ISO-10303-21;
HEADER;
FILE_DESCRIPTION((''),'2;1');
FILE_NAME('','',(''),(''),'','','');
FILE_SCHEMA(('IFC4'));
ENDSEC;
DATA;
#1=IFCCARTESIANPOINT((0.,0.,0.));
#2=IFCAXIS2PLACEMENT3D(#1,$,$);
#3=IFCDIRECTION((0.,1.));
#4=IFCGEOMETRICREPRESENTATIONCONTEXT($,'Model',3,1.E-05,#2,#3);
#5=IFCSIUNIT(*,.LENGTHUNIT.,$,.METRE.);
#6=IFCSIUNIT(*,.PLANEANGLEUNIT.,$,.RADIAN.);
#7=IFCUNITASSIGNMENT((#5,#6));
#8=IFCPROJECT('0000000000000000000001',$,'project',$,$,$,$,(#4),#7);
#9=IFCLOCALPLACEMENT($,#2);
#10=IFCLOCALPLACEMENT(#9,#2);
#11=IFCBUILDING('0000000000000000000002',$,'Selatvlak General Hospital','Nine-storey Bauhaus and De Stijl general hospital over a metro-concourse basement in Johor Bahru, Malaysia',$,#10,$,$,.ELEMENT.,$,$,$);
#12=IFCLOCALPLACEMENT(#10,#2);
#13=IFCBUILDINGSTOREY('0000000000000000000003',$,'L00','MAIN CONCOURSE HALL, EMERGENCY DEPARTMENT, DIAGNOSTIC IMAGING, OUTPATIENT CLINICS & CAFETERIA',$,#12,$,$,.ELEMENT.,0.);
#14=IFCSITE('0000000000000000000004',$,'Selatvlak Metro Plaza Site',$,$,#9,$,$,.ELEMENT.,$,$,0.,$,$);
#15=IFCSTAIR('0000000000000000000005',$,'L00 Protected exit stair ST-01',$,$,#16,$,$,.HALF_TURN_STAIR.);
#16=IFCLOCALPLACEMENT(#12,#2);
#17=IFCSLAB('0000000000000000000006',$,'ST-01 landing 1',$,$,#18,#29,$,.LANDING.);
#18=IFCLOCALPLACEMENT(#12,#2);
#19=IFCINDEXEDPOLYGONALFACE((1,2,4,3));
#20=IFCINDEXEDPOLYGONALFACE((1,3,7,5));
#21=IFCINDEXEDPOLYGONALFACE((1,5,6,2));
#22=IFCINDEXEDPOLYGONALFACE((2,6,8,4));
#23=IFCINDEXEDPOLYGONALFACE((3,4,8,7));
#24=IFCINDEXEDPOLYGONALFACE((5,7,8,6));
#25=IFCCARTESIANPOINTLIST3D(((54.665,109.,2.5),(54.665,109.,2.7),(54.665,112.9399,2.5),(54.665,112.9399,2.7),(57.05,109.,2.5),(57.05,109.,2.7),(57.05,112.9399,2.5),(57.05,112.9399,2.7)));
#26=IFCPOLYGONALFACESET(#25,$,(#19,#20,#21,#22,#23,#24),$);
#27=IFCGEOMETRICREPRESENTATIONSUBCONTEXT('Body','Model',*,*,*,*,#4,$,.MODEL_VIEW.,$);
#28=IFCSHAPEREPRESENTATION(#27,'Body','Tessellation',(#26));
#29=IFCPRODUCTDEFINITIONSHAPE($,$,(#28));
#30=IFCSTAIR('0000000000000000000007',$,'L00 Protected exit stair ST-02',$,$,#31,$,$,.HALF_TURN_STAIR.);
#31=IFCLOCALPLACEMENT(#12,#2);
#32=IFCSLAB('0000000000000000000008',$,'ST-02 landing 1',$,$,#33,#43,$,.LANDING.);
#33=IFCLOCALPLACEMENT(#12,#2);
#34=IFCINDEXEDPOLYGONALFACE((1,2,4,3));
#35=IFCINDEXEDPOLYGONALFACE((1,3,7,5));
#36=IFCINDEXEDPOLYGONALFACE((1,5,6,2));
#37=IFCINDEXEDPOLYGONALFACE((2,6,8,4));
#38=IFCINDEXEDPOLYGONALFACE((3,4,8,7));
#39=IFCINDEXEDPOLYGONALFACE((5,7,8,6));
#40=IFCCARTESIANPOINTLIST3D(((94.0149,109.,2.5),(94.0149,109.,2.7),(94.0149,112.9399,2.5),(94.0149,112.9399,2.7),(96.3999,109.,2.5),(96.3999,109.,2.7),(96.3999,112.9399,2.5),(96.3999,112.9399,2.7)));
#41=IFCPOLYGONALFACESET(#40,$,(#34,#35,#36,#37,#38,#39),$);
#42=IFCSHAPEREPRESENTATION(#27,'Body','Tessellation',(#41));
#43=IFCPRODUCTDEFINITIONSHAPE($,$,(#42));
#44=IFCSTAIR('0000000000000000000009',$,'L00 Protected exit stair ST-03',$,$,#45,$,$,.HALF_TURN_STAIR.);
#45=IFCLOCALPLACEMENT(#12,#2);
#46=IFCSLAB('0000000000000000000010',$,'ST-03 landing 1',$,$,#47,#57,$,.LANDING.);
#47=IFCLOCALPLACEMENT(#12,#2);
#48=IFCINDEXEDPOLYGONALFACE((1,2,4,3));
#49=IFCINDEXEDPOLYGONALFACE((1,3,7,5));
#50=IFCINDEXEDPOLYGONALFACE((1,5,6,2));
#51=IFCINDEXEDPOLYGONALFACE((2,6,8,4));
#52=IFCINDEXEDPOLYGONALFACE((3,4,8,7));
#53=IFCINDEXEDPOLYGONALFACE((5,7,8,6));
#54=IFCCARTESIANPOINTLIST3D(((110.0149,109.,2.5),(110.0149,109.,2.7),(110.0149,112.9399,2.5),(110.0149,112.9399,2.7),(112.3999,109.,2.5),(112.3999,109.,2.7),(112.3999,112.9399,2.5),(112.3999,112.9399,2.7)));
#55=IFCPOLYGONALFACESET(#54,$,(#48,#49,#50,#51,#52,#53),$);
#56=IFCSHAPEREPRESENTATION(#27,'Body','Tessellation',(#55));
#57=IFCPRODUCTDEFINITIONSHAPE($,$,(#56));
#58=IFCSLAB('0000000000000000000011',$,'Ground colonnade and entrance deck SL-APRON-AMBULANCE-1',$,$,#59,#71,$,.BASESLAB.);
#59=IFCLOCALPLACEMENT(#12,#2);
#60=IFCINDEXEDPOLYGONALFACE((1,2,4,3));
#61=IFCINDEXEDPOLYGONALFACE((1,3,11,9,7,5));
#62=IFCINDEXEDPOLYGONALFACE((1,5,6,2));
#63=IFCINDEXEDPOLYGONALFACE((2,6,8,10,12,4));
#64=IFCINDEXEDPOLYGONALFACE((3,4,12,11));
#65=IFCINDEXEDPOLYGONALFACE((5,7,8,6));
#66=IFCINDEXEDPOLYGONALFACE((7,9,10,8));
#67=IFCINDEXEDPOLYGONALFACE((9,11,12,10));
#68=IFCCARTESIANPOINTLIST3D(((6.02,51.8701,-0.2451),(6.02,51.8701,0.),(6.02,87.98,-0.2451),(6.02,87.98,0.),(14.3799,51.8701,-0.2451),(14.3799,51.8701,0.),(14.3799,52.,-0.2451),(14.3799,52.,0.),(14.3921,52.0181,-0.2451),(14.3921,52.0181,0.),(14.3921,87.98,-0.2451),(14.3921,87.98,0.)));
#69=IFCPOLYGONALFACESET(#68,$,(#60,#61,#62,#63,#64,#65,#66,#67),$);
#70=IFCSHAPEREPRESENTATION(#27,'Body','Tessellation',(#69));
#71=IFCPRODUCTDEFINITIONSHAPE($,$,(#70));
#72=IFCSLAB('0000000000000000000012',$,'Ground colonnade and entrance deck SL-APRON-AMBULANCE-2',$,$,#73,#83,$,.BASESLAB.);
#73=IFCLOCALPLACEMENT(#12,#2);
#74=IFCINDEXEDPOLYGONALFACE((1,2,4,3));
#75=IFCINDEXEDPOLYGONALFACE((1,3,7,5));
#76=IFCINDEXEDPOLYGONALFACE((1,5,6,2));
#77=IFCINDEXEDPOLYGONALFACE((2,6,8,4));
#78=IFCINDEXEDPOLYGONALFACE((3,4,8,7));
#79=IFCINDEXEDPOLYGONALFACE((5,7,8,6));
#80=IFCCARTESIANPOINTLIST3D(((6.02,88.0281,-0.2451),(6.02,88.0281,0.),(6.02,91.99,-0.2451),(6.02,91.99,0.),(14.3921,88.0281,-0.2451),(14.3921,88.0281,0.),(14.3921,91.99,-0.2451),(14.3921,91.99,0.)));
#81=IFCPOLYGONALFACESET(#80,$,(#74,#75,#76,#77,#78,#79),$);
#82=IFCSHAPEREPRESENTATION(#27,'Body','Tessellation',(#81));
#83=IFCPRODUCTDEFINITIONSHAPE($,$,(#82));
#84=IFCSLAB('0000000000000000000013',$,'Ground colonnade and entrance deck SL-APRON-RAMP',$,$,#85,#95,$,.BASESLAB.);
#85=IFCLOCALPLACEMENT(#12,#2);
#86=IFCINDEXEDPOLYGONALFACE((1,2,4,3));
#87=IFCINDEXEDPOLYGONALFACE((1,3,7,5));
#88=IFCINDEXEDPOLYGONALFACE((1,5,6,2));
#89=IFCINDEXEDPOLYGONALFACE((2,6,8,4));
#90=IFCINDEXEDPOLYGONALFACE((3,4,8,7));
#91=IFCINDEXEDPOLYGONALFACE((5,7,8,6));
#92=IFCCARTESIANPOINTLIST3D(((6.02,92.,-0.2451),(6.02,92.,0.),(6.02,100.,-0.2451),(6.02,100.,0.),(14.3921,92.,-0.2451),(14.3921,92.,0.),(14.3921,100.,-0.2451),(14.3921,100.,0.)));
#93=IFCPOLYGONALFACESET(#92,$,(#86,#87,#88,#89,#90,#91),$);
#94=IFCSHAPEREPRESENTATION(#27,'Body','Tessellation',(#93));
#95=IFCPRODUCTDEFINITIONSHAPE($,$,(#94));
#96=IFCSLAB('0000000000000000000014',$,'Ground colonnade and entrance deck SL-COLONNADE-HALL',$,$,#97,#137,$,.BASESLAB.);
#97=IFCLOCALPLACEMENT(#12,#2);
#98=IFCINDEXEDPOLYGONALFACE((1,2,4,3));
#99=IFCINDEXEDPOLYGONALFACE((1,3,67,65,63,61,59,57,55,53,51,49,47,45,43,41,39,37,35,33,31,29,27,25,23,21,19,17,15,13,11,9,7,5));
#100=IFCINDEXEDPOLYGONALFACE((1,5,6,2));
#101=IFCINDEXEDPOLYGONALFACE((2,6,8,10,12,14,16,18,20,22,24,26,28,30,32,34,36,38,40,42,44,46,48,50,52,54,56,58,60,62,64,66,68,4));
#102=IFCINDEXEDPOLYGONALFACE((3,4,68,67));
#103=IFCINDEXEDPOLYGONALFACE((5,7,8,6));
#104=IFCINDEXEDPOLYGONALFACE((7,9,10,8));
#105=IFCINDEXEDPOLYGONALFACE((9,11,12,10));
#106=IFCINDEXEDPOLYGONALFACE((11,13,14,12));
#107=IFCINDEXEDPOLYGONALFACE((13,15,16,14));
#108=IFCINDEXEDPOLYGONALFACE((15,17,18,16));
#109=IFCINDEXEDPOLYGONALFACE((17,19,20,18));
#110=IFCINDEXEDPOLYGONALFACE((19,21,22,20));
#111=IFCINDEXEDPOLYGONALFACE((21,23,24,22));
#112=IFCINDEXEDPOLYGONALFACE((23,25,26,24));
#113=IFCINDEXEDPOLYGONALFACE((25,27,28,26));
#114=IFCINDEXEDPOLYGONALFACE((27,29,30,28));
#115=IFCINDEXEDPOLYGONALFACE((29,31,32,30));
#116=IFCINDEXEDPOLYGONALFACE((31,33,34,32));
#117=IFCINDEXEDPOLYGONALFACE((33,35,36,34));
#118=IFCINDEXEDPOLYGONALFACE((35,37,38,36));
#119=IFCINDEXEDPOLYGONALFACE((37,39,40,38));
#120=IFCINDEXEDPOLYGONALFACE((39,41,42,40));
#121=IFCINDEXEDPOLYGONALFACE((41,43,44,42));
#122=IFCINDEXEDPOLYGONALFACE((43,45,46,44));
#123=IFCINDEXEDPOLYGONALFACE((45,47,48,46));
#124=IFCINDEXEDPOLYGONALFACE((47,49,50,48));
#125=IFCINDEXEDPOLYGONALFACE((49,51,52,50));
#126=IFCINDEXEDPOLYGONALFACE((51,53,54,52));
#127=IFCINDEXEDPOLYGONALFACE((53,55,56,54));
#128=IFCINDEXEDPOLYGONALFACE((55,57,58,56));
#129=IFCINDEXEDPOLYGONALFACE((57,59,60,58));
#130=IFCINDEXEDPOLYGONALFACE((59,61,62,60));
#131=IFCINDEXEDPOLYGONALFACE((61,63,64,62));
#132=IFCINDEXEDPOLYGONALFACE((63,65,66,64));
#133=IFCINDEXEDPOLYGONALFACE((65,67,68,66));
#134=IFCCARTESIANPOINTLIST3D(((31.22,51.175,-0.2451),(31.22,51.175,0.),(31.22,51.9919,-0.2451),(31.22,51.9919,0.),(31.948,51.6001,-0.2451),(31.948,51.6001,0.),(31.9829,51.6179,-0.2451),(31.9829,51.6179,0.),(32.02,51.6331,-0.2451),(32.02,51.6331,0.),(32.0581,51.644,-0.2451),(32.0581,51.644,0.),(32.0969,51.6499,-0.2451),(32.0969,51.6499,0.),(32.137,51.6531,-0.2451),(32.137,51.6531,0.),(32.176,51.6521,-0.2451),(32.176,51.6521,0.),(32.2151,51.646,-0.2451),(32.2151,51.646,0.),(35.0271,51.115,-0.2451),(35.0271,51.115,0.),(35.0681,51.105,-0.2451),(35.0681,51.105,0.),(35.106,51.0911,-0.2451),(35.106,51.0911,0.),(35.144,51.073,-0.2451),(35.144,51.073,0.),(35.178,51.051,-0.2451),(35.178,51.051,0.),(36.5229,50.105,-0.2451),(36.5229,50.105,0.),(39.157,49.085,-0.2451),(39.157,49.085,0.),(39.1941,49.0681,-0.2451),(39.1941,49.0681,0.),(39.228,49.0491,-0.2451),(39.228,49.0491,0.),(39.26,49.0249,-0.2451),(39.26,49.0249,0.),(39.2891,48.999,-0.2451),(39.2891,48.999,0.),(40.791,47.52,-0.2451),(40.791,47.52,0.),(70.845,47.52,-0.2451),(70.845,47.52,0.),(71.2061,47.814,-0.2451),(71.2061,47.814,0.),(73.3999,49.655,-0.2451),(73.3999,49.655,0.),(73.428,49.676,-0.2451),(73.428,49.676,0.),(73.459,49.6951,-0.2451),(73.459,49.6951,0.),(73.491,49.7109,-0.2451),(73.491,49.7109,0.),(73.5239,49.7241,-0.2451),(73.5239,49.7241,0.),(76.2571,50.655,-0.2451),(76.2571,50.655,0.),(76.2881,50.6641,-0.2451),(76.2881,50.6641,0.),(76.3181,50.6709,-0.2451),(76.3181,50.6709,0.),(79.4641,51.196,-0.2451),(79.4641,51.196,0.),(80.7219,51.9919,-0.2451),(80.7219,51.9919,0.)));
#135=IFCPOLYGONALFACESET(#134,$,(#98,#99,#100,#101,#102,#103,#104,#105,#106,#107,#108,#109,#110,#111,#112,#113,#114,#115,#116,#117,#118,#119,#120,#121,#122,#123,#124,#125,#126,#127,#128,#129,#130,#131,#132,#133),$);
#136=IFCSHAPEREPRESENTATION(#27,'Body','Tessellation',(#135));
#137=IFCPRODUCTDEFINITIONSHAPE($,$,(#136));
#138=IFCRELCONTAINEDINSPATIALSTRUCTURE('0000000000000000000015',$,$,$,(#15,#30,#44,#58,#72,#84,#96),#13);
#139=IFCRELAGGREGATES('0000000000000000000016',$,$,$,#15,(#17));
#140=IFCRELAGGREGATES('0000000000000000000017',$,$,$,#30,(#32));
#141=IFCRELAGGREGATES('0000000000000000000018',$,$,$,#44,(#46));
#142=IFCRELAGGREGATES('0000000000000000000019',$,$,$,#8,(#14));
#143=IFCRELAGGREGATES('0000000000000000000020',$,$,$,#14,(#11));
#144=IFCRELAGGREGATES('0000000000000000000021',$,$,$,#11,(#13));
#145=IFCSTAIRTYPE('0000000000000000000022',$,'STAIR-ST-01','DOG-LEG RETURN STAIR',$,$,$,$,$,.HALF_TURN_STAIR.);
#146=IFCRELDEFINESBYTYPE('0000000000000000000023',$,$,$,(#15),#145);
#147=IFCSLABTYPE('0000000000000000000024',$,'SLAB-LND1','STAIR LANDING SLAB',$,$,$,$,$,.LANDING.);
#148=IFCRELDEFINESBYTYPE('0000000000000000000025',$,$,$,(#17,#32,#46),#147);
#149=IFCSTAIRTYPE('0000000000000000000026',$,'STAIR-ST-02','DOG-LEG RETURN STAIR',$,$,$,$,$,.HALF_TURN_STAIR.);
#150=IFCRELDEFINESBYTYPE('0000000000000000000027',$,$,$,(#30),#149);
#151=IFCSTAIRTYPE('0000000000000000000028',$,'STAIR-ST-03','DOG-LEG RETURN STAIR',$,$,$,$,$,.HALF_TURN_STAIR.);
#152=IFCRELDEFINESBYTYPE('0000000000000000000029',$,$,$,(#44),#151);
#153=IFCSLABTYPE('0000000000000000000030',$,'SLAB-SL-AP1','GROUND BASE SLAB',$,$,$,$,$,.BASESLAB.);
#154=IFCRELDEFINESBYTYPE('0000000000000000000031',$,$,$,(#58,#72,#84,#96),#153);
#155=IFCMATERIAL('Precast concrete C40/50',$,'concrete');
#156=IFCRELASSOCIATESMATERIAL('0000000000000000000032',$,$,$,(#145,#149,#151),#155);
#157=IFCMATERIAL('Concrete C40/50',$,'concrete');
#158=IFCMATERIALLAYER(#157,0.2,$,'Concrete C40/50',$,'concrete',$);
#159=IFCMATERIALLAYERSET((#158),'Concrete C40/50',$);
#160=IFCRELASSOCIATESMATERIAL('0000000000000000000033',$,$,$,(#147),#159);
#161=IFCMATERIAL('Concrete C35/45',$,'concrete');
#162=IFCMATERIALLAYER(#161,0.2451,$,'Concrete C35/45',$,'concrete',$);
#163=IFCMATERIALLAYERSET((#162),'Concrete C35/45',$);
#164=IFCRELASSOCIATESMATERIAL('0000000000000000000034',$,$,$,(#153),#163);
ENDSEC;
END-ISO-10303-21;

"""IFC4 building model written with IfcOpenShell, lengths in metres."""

from ifc_helpers import new_model, si_unit, direction, frame, origin, place, context, subcontext, project, spatial, polyline, outline, extrude, material, layer, layer_set, type_object, element, aggregate, save


model = new_model("IFC4")

# Units and contexts
model_context = context("Model", 3, precision=1e-05, world=origin(), true_north=direction((0.0, 1.0)))
body_context = subcontext(model_context, "Body", "Model", "MODEL_VIEW")
ifc_project = project(units=[si_unit("LENGTHUNIT", "METRE"), si_unit("PLANEANGLEUNIT", "RADIAN")], contexts=[model_context])

# Site, building, storey
site_placement = place(None, origin())
site = spatial("IfcSite", under=ifc_project, at=site_placement, Name="Selatvlak Metro Plaza Site", CompositionType="ELEMENT", RefElevation=0.0)
building_placement = place(site_placement, origin())
building = spatial("IfcBuilding", under=site, at=building_placement, Name="Selatvlak General Hospital", Description="Nine-storey Bauhaus and De Stijl general hospital over a metro-concourse basement in Johor Bahru, Malaysia", CompositionType="ELEMENT")
storey_placement = place(building_placement, origin())
storey = spatial("IfcBuildingStorey", under=building, at=storey_placement, Name="L00", Description="MAIN CONCOURSE HALL, EMERGENCY DEPARTMENT, DIAGNOSTIC IMAGING, OUTPATIENT CLINICS & CAFETERIA", CompositionType="ELEMENT", Elevation=0.0)

# Stairs, slabs
ifc_material_1 = material(Name="Precast concrete C40/50", Category="concrete")
stair_type_1 = type_object("IfcStairType", Name="STAIR-ST-01", Description="DOG-LEG RETURN STAIR", PredefinedType="HALF_TURN_STAIR", material=ifc_material_1)
stair_1_placement = place(storey_placement, origin())
stair_1 = element("IfcStair", 1, at=stair_1_placement, inside=storey, type_object=stair_type_1, Name="L00 Protected exit stair ST-01", PredefinedType="HALF_TURN_STAIR")
ifc_material_2 = material(Name="Concrete C40/50", Category="concrete")
ifc_layer_1 = layer(ifc_material_2, 0.2, Name="Concrete C40/50", Category="concrete")
ifc_layer_set_1 = layer_set([ifc_layer_1], Name="Concrete C40/50")
slab_type_1 = type_object("IfcSlabType", Name="SLAB-LND1", Description="STAIR LANDING SLAB", PredefinedType="LANDING", material=ifc_layer_set_1)
slab_1_placement = place(storey_placement, frame((0.0, 0.0, 2.5)))
slab_1 = element("IfcSlab", 2, at=slab_1_placement, type_object=slab_type_1, Name="ST-01 landing 1", PredefinedType="LANDING", context=body_context, shape_type="SweptSolid", body=[
    extrude(outline(polyline([(54.665, 109.0), (57.05, 109.0), (57.05, 112.9399), (54.665, 112.9399), (54.665, 109.0)])), origin(), (0.0, 0.0, 1.0), 0.2),
])
aggregate(stair_1, [slab_1])
stair_type_2 = type_object("IfcStairType", Name="STAIR-ST-02", Description="DOG-LEG RETURN STAIR", PredefinedType="HALF_TURN_STAIR", material=ifc_material_1)
stair_2_placement = place(storey_placement, origin())
stair_2 = element("IfcStair", 3, at=stair_2_placement, inside=storey, type_object=stair_type_2, Name="L00 Protected exit stair ST-02", PredefinedType="HALF_TURN_STAIR")
slab_2_placement = place(storey_placement, frame((0.0, 0.0, 2.5)))
slab_2 = element("IfcSlab", 4, at=slab_2_placement, type_object=slab_type_1, Name="ST-02 landing 1", PredefinedType="LANDING", context=body_context, shape_type="SweptSolid", body=[
    extrude(outline(polyline([(94.0149, 109.0), (96.3999, 109.0), (96.3999, 112.9399), (94.0149, 112.9399), (94.0149, 109.0)])), origin(), (0.0, 0.0, 1.0), 0.2),
])
aggregate(stair_2, [slab_2])
stair_type_3 = type_object("IfcStairType", Name="STAIR-ST-03", Description="DOG-LEG RETURN STAIR", PredefinedType="HALF_TURN_STAIR", material=ifc_material_1)
stair_3_placement = place(storey_placement, origin())
stair_3 = element("IfcStair", 5, at=stair_3_placement, inside=storey, type_object=stair_type_3, Name="L00 Protected exit stair ST-03", PredefinedType="HALF_TURN_STAIR")
slab_3_placement = place(storey_placement, frame((0.0, 0.0, 2.5)))
slab_3 = element("IfcSlab", 6, at=slab_3_placement, type_object=slab_type_1, Name="ST-03 landing 1", PredefinedType="LANDING", context=body_context, shape_type="SweptSolid", body=[
    extrude(outline(polyline([(110.0149, 109.0), (112.3999, 109.0), (112.3999, 112.9399), (110.0149, 112.9399), (110.0149, 109.0)])), origin(), (0.0, 0.0, 1.0), 0.2),
])
aggregate(stair_3, [slab_3])

# Slabs
ifc_material_3 = material(Name="Concrete C35/45", Category="concrete")
ifc_layer_2 = layer(ifc_material_3, 0.2451, Name="Concrete C35/45", Category="concrete")
ifc_layer_set_2 = layer_set([ifc_layer_2], Name="Concrete C35/45")
slab_type_2 = type_object("IfcSlabType", Name="SLAB-SL-AP1", Description="GROUND BASE SLAB", PredefinedType="BASESLAB", material=ifc_layer_set_2)
slab_4_placement = place(storey_placement, frame((0.0, 0.0, -0.2451)))
element("IfcSlab", 7, at=slab_4_placement, inside=storey, type_object=slab_type_2, Name="Ground colonnade and entrance deck SL-APRON-AMBULANCE-1", PredefinedType="BASESLAB", context=body_context, shape_type="SweptSolid", body=[
    extrude(outline(polyline([(14.3921, 52.0181), (14.3799, 52.0), (14.3799, 51.8701), (6.02, 51.8701), (6.02, 87.98), (14.3921, 87.98), (14.3921, 52.0181)])), origin(), (0.0, 0.0, 1.0), 0.2451),
])
slab_5_placement = place(storey_placement, frame((0.0, 0.0, -0.2451)))
element("IfcSlab", 8, at=slab_5_placement, inside=storey, type_object=slab_type_2, Name="Ground colonnade and entrance deck SL-APRON-AMBULANCE-2", PredefinedType="BASESLAB", context=body_context, shape_type="SweptSolid", body=[
    extrude(outline(polyline([(14.3921, 91.99), (14.3921, 88.0281), (6.02, 88.0281), (6.02, 91.99), (14.3921, 91.99)])), origin(), (0.0, 0.0, 1.0), 0.2451),
])
slab_6_placement = place(storey_placement, frame((0.0, 0.0, -0.2451)))
element("IfcSlab", 9, at=slab_6_placement, inside=storey, type_object=slab_type_2, Name="Ground colonnade and entrance deck SL-APRON-RAMP", PredefinedType="BASESLAB", context=body_context, shape_type="SweptSolid", body=[
    extrude(outline(polyline([(14.3921, 100.0), (14.3921, 92.0), (6.02, 92.0), (6.02, 100.0), (14.3921, 100.0)])), origin(), (0.0, 0.0, 1.0), 0.2451),
])
slab_7_placement = place(storey_placement, frame((0.0, 0.0, -0.2451)))
element("IfcSlab", 10, at=slab_7_placement, inside=storey, type_object=slab_type_2, Name="Ground colonnade and entrance deck SL-COLONNADE-HALL", PredefinedType="BASESLAB", context=body_context, shape_type="SweptSolid", body=[
    extrude(outline(polyline([(80.7219, 51.9919), (79.4641, 51.196), (76.3181, 50.6709), (76.2881, 50.6641), (76.2571, 50.655), (73.5239, 49.7241), (73.491, 49.7109), (73.459, 49.6951), (73.428, 49.676), (73.3999, 49.655), (71.2061, 47.814), (70.845, 47.52), (40.791, 47.52), (39.2891, 48.999), (39.26, 49.0249), (39.228, 49.0491), (39.1941, 49.0681), (39.157, 49.085), (36.5229, 50.105), (35.178, 51.051), (35.144, 51.073), (35.106, 51.0911), (35.0681, 51.105), (35.0271, 51.115), (32.2151, 51.646), (32.176, 51.6521), (32.137, 51.6531), (32.0969, 51.6499), (32.0581, 51.644), (32.02, 51.6331), (31.9829, 51.6179), (31.948, 51.6001), (31.22, 51.175), (31.22, 51.9919), (80.7219, 51.9919)])), origin(), (0.0, 0.0, 1.0), 0.2451),
])

save(model, "model.ifc")
